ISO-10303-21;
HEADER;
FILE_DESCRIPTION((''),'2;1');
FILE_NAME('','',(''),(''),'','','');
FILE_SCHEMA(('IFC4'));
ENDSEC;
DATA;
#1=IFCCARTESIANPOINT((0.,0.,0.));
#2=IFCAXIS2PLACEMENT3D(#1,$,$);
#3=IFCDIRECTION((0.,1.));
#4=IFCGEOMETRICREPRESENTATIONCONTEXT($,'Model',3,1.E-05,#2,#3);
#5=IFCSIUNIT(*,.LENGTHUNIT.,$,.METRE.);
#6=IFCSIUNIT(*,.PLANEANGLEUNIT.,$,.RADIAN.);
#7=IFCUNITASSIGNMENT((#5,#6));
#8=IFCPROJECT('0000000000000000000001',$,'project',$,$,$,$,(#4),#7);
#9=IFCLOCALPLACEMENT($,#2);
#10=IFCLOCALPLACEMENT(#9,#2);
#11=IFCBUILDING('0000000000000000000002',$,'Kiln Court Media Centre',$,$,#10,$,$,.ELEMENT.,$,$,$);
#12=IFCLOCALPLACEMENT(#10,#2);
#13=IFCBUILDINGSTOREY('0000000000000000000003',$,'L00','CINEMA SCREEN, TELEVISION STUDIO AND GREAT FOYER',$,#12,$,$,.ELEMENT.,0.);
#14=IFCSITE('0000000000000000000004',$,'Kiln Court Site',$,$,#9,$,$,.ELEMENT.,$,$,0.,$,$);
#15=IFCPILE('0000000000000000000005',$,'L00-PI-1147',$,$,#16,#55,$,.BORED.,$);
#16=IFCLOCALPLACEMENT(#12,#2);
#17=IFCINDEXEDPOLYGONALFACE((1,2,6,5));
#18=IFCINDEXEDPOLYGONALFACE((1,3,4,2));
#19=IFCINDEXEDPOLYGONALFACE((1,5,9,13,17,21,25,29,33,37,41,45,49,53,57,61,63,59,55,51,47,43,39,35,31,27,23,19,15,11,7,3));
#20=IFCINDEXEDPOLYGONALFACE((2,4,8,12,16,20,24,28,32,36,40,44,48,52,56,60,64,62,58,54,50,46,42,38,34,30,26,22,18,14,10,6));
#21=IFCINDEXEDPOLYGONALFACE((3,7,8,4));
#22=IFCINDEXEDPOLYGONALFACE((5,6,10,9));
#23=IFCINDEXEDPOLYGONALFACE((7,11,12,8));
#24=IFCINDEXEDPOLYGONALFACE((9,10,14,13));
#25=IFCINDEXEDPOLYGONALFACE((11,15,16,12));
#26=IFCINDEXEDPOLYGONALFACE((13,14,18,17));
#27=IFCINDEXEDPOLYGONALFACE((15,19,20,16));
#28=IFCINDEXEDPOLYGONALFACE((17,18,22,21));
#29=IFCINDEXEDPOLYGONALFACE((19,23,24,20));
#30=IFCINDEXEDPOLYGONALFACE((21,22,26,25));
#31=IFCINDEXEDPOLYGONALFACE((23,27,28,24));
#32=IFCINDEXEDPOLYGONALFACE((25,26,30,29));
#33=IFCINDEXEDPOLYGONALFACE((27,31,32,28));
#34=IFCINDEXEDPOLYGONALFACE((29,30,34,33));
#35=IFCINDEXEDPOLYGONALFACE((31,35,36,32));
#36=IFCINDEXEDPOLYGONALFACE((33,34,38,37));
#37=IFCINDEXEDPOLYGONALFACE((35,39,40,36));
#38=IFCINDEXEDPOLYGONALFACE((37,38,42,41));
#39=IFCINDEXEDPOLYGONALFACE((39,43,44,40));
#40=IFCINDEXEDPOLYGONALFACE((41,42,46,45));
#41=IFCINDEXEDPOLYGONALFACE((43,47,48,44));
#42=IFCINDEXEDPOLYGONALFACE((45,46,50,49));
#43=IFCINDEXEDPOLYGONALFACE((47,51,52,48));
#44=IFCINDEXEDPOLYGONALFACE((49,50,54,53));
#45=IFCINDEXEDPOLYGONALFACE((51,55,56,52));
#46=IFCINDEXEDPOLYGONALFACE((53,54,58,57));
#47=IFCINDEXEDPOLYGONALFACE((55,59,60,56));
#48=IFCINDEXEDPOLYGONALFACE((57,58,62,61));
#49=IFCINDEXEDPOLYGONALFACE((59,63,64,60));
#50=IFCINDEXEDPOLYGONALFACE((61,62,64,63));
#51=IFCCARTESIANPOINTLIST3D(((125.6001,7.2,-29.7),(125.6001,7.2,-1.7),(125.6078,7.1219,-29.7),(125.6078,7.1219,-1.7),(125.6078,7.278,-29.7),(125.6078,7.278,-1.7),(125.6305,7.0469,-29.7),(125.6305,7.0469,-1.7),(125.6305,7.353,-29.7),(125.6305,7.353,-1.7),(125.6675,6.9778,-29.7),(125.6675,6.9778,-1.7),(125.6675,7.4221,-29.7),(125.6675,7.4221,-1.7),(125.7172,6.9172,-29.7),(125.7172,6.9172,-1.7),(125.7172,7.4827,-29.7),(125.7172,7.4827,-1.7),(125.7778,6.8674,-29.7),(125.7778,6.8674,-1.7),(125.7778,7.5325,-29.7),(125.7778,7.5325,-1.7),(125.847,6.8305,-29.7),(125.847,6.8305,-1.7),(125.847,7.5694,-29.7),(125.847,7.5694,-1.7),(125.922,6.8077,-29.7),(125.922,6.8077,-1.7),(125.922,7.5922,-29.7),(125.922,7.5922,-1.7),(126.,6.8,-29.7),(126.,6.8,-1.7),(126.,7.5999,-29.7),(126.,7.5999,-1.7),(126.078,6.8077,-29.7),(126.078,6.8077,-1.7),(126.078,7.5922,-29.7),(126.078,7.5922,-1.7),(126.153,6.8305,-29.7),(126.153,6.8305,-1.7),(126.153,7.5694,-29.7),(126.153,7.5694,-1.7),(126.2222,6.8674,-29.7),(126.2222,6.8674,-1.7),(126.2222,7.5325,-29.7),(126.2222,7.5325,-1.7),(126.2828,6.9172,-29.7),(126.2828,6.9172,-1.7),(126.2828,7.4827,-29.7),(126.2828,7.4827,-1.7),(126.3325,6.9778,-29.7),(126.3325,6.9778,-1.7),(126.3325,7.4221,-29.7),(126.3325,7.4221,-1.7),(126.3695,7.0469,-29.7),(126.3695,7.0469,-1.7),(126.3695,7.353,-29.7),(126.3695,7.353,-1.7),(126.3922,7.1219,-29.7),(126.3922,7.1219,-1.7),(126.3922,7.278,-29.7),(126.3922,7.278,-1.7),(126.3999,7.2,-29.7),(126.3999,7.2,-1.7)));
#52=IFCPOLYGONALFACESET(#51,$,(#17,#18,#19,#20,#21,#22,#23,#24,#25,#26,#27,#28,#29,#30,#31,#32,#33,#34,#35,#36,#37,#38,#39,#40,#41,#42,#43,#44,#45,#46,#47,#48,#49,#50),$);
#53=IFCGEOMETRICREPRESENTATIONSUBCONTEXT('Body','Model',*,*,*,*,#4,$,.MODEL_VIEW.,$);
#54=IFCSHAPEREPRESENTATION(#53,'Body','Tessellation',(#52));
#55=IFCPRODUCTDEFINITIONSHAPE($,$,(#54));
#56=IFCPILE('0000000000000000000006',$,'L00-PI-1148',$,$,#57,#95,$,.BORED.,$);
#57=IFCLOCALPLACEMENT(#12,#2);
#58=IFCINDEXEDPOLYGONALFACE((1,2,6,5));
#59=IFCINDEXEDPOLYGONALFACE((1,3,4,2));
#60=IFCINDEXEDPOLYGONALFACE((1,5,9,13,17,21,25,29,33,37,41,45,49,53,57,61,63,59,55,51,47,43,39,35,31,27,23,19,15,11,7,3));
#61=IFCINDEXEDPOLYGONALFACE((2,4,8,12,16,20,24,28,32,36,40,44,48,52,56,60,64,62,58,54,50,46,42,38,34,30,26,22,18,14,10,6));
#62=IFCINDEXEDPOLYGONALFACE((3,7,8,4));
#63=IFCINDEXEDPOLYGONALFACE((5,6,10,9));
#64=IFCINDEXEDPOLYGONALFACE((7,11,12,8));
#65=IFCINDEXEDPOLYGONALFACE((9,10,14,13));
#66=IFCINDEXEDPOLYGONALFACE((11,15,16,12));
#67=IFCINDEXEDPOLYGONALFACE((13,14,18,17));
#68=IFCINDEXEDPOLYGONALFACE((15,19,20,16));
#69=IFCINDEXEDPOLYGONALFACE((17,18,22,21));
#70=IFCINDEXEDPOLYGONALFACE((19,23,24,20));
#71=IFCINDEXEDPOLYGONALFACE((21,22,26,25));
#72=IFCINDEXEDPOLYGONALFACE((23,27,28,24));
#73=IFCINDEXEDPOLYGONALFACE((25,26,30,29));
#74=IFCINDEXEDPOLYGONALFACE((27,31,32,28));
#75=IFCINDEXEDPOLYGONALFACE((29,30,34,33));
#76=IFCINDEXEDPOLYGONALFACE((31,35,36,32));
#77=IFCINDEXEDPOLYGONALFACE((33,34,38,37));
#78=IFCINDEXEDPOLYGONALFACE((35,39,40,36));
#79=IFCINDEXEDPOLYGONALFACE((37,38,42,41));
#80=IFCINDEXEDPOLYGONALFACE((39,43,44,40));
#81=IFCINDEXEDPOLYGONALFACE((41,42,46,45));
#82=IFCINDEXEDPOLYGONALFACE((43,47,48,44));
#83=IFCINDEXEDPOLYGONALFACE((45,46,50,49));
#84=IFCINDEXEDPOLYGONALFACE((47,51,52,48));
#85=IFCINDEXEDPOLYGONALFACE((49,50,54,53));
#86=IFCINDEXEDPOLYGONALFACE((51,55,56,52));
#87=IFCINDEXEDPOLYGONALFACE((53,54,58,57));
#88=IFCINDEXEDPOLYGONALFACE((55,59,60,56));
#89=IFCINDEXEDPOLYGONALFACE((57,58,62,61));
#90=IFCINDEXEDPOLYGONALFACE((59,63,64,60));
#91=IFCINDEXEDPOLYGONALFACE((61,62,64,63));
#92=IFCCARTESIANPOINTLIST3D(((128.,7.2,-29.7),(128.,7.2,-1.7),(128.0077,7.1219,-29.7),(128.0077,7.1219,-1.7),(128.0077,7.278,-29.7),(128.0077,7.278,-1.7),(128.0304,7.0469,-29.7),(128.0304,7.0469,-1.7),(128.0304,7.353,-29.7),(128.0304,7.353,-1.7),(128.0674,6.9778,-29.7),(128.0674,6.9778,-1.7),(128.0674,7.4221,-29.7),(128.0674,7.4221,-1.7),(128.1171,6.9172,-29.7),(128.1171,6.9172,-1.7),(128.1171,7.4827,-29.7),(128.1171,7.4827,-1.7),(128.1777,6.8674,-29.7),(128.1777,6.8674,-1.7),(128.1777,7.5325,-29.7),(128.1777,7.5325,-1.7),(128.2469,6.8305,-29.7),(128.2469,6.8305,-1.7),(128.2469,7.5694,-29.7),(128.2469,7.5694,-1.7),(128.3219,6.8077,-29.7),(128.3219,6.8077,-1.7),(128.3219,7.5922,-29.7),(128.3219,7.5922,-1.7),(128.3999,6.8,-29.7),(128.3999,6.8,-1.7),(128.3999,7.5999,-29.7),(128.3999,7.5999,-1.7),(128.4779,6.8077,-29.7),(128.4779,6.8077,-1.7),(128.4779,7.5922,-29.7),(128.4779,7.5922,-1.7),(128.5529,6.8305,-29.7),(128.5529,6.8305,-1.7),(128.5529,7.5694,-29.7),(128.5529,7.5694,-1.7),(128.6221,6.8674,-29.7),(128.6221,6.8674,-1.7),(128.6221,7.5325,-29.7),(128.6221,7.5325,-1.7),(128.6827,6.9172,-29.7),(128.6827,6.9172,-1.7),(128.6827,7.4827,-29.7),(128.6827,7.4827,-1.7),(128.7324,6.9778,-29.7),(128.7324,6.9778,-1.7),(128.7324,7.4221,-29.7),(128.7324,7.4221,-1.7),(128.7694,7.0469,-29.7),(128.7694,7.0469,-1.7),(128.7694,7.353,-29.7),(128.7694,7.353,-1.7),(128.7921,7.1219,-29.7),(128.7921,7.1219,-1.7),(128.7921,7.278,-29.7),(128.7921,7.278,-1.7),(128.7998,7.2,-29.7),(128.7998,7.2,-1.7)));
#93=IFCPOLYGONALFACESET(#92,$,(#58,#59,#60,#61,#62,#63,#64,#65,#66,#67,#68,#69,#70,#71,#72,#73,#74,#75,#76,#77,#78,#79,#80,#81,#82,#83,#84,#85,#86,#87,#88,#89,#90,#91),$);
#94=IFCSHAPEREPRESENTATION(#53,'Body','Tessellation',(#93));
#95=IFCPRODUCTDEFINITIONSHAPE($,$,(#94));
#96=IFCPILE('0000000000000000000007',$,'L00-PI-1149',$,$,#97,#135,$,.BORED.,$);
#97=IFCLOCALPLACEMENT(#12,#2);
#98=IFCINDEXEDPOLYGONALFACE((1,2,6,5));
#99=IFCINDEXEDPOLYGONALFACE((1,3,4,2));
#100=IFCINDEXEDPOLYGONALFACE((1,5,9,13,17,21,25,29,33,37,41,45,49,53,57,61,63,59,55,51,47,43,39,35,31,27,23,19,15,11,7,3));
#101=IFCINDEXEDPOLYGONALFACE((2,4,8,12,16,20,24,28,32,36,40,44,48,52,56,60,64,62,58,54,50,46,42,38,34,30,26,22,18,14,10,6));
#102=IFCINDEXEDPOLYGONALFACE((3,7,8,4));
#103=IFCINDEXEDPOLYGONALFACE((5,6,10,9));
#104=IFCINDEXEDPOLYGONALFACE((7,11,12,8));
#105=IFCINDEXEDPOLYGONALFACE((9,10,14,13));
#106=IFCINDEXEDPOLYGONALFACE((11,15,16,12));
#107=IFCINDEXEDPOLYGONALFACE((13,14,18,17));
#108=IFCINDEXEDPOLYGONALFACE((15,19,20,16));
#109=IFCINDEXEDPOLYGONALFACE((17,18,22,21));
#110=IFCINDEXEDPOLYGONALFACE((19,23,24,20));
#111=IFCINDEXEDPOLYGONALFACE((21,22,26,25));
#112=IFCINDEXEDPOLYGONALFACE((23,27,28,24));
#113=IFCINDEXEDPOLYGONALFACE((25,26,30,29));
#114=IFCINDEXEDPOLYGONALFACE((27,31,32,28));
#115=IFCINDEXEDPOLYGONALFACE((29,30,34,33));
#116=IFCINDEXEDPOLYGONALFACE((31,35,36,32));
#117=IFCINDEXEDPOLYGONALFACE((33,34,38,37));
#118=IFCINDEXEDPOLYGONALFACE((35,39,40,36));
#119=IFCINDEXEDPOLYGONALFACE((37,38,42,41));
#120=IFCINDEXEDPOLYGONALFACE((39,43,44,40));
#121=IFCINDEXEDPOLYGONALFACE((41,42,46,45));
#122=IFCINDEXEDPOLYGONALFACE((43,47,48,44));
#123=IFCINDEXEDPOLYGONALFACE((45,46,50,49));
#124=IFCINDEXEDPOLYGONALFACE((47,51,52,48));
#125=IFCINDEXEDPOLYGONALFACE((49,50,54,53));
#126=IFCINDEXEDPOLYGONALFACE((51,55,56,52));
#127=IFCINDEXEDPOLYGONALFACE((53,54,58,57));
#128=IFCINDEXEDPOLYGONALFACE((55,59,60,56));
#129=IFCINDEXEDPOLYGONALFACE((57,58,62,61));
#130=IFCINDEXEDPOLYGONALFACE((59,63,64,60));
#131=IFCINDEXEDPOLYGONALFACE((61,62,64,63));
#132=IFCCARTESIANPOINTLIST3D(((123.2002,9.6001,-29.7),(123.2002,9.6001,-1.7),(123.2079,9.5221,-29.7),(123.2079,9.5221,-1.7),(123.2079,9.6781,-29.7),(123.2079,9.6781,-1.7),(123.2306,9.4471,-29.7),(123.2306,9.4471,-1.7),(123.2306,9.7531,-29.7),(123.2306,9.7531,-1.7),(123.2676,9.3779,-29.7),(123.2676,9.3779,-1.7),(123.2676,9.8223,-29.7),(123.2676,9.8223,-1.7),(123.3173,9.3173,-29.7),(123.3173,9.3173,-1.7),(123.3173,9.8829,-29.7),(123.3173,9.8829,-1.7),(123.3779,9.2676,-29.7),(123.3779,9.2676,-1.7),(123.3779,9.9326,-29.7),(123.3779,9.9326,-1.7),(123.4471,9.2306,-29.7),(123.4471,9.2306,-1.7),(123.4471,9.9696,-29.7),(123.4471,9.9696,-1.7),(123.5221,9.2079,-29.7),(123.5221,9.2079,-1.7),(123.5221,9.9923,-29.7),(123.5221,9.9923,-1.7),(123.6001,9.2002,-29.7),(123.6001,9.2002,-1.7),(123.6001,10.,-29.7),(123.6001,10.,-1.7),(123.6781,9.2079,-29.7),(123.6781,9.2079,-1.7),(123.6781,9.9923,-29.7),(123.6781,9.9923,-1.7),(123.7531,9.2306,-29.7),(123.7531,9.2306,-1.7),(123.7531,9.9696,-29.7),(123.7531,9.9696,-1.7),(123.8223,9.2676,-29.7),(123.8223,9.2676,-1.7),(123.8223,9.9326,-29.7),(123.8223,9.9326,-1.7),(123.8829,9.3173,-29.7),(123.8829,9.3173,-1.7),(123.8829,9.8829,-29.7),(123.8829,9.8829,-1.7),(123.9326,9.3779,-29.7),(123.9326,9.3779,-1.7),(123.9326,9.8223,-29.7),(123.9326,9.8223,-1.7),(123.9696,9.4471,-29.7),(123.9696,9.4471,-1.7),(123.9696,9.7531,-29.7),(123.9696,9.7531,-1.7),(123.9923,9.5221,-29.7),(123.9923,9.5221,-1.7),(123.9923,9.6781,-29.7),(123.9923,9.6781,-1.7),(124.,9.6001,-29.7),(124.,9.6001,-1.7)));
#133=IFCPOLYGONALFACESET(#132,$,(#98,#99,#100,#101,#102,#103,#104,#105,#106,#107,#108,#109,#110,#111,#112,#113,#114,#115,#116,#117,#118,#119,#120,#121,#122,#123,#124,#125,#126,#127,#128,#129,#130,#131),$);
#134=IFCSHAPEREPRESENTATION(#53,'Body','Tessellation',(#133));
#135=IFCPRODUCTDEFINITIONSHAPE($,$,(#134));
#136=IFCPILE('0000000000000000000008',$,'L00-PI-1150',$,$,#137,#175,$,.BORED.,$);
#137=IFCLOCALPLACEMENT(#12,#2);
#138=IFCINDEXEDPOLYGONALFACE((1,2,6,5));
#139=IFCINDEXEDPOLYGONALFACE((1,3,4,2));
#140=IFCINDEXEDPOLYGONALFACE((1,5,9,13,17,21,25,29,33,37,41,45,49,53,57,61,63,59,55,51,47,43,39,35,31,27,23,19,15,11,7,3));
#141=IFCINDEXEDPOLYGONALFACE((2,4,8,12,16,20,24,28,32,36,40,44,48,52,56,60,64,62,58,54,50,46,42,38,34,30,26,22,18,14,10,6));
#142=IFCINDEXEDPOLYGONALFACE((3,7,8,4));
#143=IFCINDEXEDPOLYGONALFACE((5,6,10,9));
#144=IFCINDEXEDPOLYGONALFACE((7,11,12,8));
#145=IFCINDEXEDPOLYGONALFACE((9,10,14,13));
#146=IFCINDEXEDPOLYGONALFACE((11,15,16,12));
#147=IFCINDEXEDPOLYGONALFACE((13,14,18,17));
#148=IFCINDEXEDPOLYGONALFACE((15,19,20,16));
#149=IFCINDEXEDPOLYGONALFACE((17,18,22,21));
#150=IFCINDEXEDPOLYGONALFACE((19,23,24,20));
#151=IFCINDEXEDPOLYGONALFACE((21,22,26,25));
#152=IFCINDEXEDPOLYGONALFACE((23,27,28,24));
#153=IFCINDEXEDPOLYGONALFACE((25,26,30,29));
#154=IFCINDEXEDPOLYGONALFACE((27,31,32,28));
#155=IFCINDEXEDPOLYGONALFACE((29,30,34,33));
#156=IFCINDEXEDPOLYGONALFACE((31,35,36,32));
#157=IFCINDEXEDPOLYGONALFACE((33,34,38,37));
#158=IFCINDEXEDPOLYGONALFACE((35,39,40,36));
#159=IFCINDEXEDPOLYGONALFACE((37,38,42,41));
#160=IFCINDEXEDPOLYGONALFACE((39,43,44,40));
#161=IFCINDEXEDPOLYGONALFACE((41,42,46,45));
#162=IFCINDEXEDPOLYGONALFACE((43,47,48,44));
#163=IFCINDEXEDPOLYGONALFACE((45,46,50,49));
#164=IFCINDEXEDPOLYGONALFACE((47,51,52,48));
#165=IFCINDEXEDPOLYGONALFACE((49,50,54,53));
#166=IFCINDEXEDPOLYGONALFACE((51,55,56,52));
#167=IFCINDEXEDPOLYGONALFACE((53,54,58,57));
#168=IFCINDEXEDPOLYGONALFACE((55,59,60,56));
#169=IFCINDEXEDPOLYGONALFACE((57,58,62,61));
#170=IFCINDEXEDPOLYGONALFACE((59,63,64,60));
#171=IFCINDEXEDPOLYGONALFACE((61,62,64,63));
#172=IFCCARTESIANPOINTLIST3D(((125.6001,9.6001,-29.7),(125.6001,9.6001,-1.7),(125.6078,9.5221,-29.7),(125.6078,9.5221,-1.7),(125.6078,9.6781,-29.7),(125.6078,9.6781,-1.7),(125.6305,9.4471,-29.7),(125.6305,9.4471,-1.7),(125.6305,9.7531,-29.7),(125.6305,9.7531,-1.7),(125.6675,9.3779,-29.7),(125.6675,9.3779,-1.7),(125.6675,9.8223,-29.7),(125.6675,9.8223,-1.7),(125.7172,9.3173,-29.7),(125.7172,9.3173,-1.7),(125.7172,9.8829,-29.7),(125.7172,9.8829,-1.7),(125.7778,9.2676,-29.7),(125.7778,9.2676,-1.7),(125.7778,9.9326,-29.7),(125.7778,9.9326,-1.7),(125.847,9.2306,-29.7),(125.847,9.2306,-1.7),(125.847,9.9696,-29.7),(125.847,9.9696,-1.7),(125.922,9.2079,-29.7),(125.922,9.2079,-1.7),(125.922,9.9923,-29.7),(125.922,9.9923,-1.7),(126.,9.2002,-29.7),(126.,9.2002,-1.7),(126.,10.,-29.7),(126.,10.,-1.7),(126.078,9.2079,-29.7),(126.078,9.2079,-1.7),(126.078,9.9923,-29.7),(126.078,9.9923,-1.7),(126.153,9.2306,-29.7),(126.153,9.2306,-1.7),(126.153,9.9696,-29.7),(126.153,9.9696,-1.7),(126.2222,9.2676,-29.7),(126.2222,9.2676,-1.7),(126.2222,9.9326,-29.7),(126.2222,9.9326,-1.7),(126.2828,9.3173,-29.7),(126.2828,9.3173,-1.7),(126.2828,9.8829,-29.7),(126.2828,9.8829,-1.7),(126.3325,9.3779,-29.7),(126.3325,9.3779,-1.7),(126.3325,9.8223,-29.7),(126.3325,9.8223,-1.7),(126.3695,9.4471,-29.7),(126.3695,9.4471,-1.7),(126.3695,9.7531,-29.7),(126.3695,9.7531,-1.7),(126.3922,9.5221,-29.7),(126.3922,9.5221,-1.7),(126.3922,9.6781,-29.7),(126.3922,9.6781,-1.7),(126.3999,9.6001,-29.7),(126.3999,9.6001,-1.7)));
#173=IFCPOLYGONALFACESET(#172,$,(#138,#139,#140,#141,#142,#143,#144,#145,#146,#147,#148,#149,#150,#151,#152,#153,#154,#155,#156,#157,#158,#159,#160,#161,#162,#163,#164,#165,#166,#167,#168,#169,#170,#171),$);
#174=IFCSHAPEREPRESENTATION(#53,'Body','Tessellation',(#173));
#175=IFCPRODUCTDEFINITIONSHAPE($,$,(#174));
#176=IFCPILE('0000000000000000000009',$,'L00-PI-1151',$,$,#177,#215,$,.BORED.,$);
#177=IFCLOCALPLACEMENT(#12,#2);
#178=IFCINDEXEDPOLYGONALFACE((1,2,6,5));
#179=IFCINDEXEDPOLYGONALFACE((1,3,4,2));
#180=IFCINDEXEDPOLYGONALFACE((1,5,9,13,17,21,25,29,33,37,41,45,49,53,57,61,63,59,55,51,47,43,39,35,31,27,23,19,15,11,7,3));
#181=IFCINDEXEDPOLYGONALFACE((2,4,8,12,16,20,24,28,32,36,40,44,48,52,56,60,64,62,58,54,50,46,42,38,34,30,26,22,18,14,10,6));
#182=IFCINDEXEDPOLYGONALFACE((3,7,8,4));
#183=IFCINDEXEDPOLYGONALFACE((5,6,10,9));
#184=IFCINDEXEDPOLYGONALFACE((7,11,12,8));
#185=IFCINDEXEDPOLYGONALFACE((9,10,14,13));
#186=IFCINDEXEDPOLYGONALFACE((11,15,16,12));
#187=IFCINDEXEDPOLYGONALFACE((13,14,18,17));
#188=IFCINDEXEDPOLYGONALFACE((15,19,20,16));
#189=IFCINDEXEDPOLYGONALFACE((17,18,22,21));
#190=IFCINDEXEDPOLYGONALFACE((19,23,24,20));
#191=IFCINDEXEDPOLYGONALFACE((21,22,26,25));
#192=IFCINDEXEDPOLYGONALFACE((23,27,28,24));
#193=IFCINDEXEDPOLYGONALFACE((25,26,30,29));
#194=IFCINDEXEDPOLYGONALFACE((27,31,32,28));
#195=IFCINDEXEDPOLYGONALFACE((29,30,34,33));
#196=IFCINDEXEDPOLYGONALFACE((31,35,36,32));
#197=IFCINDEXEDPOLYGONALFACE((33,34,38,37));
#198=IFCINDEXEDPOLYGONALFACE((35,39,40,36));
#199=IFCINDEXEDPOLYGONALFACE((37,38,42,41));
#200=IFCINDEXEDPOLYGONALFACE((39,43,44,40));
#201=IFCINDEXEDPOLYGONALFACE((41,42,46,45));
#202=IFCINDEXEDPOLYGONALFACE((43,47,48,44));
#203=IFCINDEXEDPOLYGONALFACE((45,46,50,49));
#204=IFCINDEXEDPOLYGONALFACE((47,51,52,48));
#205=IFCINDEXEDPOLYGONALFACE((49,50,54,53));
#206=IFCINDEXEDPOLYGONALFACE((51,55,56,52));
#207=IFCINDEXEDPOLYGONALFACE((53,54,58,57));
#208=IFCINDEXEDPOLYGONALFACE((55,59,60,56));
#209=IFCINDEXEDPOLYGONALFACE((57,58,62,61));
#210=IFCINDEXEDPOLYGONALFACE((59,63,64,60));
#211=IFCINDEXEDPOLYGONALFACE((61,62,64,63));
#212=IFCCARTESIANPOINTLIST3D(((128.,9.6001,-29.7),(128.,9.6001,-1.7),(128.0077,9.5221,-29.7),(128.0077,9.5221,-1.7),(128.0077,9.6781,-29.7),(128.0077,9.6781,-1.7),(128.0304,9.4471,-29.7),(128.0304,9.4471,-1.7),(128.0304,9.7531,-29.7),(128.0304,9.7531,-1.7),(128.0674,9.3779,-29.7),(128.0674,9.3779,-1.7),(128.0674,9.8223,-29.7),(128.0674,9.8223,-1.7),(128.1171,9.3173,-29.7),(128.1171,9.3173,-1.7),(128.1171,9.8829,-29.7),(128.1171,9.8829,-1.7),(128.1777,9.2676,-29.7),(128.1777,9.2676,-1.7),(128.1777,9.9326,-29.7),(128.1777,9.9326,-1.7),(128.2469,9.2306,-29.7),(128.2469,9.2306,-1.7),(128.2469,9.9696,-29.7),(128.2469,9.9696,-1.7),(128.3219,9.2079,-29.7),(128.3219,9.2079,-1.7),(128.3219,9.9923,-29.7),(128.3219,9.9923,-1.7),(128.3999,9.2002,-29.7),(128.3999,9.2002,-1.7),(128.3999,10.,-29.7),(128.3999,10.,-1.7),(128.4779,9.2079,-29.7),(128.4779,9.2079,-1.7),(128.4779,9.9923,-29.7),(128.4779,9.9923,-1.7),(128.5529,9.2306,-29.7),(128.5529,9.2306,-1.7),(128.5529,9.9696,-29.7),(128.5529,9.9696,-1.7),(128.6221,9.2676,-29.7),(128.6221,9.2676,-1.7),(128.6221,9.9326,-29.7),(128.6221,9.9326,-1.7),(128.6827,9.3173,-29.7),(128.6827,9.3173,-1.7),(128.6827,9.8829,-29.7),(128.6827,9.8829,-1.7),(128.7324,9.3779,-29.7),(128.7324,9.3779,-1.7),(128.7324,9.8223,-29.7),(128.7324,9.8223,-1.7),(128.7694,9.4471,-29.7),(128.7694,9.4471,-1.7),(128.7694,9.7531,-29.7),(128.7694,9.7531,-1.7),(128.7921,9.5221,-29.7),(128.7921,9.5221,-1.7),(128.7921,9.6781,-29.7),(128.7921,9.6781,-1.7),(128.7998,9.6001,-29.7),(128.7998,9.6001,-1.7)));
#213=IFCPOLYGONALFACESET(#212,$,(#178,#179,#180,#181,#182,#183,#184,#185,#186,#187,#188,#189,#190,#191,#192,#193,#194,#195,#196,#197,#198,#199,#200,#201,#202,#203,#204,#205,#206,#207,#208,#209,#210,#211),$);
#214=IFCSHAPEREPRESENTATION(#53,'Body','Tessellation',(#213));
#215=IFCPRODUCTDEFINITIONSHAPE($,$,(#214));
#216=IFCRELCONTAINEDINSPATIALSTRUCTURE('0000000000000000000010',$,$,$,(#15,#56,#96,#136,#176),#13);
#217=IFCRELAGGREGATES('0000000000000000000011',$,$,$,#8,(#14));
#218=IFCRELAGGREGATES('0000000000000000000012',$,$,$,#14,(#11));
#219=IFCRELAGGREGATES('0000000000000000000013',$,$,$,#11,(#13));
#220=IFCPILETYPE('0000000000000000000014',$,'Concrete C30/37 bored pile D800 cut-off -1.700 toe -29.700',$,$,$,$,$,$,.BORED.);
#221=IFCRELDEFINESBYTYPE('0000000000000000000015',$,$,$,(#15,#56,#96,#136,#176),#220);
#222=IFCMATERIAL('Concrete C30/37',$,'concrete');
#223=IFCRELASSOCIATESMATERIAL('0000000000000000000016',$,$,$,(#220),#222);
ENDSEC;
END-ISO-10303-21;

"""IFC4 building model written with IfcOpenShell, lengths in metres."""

from ifc_helpers import new_model, si_unit, direction, frame, origin, origin_2d, place, context, subcontext, project, spatial, circle, extrude, material, material_profile, profile_set, type_object, element, save


model = new_model("IFC4")

# Units and contexts
model_context = context("Model", 3, precision=1e-05, world=origin(), true_north=direction((0.0, 1.0)))
body_context = subcontext(model_context, "Body", "Model", "MODEL_VIEW")
ifc_project = project(units=[si_unit("LENGTHUNIT", "METRE"), si_unit("PLANEANGLEUNIT", "RADIAN")], contexts=[model_context])

# Site, building, storey
site_placement = place(None, origin())
site = spatial("IfcSite", under=ifc_project, at=site_placement, Name="Kiln Court Site", CompositionType="ELEMENT", RefElevation=0.0)
building_placement = place(site_placement, origin())
building = spatial("IfcBuilding", under=site, at=building_placement, Name="Kiln Court Media Centre", CompositionType="ELEMENT")
storey_placement = place(building_placement, origin())
storey = spatial("IfcBuildingStorey", under=building, at=storey_placement, Name="L00", Description="CINEMA SCREEN, TELEVISION STUDIO AND GREAT FOYER", CompositionType="ELEMENT", Elevation=0.0)

# Piles
ifc_material_1 = material(Name="Concrete C30/37", Category="concrete")
ifc_material_profile_1 = material_profile(ifc_material_1, circle(Radius=0.3999, at=origin_2d()), Name="PILE D800")
ifc_profile_set_1 = profile_set([ifc_material_profile_1], Name="Concrete C30/37")
pile_type = type_object("IfcPileType", Name="Concrete C30/37 bored pile D800 cut-off -1.700 toe -29.700", PredefinedType="BORED", material=ifc_profile_set_1)
for number, where, z_axis, x_axis, name in (
    (1, (126.0, 7.2, -1.7), (0.0, 0.0, -1.0), (1.0, 0.0, 0.0), "L00-PI-1147"),
    (2, (128.3999, 7.2, -1.7), (0.0, 0.0, -1.0), (1.0, 0.0, 0.0), "L00-PI-1148"),
    (3, (123.6001, 9.6001, -1.7), (0.0, 0.0, -1.0), (1.0, 0.0, 0.0), "L00-PI-1149"),
    (4, (126.0, 9.6001, -1.7), (0.0, 0.0, -1.0), (1.0, 0.0, 0.0), "L00-PI-1150"),
    (5, (128.3999, 9.6001, -1.7), (0.0, 0.0, -1.0), (1.0, 0.0, 0.0), "L00-PI-1151"),
):
    element("IfcPile", number, at=place(storey_placement, frame(where, z_axis=z_axis, x_axis=x_axis)), inside=storey, type_object=pile_type, Name=name, PredefinedType="BORED", context=body_context, shape_type="SweptSolid", body=[
        extrude(circle(Radius=0.3999, at=origin_2d()), origin(), (0.0, 0.0, 1.0), 28.0),
    ])

save(model, "model.ifc")
